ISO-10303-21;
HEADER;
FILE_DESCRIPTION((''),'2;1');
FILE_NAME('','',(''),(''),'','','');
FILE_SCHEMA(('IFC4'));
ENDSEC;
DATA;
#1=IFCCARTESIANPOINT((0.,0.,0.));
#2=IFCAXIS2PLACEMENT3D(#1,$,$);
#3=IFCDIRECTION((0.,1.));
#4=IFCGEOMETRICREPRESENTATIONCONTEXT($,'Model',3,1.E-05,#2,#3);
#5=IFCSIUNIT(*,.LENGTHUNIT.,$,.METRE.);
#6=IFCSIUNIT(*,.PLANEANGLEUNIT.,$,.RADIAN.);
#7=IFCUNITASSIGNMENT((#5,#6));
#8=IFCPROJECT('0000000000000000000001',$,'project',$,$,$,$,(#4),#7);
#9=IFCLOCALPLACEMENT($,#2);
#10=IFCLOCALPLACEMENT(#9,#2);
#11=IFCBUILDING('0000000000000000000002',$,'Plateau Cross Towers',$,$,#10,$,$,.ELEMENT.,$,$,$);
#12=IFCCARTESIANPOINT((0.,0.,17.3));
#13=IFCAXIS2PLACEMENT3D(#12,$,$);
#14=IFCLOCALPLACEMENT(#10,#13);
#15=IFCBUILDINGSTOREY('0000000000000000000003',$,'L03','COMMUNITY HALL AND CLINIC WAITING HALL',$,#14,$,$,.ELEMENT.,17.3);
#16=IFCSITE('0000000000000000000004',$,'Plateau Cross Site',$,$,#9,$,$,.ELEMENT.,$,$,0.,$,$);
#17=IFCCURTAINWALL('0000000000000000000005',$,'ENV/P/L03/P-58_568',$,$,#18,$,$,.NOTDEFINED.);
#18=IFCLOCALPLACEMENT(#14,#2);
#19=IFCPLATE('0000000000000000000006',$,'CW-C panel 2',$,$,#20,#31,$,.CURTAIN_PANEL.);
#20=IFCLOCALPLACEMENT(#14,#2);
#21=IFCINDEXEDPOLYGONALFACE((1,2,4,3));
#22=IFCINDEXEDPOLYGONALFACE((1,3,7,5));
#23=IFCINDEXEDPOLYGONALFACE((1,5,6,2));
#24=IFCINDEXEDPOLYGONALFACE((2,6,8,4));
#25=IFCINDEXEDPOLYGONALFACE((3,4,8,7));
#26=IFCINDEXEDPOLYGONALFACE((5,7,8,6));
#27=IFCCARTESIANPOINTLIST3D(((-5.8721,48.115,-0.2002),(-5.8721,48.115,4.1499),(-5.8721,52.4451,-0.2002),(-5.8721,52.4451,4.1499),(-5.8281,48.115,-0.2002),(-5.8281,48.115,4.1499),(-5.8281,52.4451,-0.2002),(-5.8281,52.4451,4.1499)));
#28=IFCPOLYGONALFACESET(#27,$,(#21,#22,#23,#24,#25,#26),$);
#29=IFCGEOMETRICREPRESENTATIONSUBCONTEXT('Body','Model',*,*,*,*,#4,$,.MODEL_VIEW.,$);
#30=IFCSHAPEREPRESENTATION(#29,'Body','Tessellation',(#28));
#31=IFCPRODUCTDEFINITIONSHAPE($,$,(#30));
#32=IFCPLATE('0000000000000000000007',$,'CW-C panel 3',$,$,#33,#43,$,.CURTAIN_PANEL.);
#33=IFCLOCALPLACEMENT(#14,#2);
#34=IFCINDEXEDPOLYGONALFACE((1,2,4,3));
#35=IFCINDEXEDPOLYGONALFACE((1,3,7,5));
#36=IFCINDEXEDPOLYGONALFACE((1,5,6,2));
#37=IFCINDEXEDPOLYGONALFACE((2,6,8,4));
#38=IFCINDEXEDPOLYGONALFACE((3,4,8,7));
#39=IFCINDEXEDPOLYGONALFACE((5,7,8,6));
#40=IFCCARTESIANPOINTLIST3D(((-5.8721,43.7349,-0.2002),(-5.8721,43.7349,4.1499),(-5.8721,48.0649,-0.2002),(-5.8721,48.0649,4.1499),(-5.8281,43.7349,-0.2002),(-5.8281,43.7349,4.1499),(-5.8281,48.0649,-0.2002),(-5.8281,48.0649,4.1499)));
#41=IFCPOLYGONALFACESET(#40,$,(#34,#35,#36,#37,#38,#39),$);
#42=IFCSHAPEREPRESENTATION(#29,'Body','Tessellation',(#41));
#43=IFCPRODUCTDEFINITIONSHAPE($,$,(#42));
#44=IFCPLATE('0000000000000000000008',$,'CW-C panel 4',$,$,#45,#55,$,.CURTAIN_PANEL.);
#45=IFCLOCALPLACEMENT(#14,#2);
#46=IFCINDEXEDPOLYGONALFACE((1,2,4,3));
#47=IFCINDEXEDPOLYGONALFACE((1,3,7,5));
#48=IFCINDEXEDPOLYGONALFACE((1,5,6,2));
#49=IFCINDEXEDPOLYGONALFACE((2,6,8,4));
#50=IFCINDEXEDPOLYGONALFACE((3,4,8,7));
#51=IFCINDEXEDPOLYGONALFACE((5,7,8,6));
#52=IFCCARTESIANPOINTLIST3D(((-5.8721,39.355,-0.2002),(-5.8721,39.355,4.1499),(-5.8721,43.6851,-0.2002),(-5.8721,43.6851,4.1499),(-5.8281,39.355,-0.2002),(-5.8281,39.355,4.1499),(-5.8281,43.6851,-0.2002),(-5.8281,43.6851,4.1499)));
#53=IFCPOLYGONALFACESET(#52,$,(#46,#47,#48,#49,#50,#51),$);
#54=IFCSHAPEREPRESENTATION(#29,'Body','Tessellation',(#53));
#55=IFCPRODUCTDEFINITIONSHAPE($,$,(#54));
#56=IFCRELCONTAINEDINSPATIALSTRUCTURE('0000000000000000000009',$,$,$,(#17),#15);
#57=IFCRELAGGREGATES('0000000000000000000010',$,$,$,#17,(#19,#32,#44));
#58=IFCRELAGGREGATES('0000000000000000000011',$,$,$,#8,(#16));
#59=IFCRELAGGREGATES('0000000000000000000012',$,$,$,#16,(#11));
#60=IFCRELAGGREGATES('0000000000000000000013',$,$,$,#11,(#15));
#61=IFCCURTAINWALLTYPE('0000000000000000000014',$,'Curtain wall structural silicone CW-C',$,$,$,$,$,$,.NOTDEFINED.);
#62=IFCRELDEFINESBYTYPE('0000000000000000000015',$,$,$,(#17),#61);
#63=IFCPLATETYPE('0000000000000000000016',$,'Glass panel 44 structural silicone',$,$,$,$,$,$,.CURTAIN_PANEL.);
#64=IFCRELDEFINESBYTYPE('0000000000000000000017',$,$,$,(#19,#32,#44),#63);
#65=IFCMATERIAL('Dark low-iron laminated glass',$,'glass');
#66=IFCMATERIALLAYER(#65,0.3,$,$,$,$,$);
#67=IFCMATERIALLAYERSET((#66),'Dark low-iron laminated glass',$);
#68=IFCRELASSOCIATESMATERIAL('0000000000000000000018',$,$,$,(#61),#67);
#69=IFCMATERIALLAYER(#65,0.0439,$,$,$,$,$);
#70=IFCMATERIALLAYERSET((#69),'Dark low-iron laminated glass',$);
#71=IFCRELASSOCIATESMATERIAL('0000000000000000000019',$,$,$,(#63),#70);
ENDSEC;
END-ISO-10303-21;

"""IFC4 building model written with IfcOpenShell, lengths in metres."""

from ifc_helpers import new_model, si_unit, direction, frame, origin, origin_2d, place, context, subcontext, project, spatial, rectangle, extrude, material, layer, layer_set, type_object, element, aggregate, save


model = new_model("IFC4")

# Units and contexts
model_context = context("Model", 3, precision=1e-05, world=origin(), true_north=direction((0.0, 1.0)))
body_context = subcontext(model_context, "Body", "Model", "MODEL_VIEW")
ifc_project = project(units=[si_unit("LENGTHUNIT", "METRE"), si_unit("PLANEANGLEUNIT", "RADIAN")], contexts=[model_context])

# Site, building, storey
site_placement = place(None, origin())
site = spatial("IfcSite", under=ifc_project, at=site_placement, Name="Plateau Cross Site", CompositionType="ELEMENT", RefElevation=0.0)
building_placement = place(site_placement, origin())
building = spatial("IfcBuilding", under=site, at=building_placement, Name="Plateau Cross Towers", CompositionType="ELEMENT")
storey_placement = place(building_placement, frame((0.0, 0.0, 17.3)))
storey = spatial("IfcBuildingStorey", under=building, at=storey_placement, Name="L03", Description="COMMUNITY HALL AND CLINIC WAITING HALL", CompositionType="ELEMENT", Elevation=17.3)

# Shared definitions
ifc_material_1 = material(Name="Dark low-iron laminated glass", Category="glass")
ifc_layer_1 = layer(ifc_material_1, 0.3)
ifc_layer_set_1 = layer_set([ifc_layer_1], Name="Dark low-iron laminated glass")
curtain_wall_type = type_object("IfcCurtainWallType", Name="Curtain wall structural silicone CW-C", PredefinedType="NOTDEFINED", material=ifc_layer_set_1)

# Curtain wall
curtain_wall_1_placement = place(storey_placement, origin())
curtain_wall_1 = element("IfcCurtainWall", 1, at=curtain_wall_1_placement, inside=storey, type_object=curtain_wall_type, Name="ENV/P/L03/P-58_568", PredefinedType="NOTDEFINED")

# Plates
ifc_layer_2 = layer(ifc_material_1, 0.0439)
ifc_layer_set_2 = layer_set([ifc_layer_2], Name="Dark low-iron laminated glass")
plate_type = type_object("IfcPlateType", Name="Glass panel 44 structural silicone", PredefinedType="CURTAIN_PANEL", material=ifc_layer_set_2)
plate_1_placement = place(storey_placement, frame((-5.8501, 50.28, -0.2002), z_axis=(0.0, 0.0, 1.0), x_axis=(0.0, -1.0, 0.0)))
plate_1 = element("IfcPlate", 2, at=plate_1_placement, type_object=plate_type, Name="CW-C panel 2", PredefinedType="CURTAIN_PANEL", context=body_context, shape_type="SweptSolid", body=[
    extrude(rectangle(XDim=4.3301, YDim=0.0439, at=origin_2d()), origin(), (0.0, 0.0, 1.0), 4.3501),
])
plate_2_placement = place(storey_placement, frame((-5.8501, 45.8999, -0.2002), z_axis=(0.0, 0.0, 1.0), x_axis=(0.0, -1.0, 0.0)))
plate_2 = element("IfcPlate", 3, at=plate_2_placement, type_object=plate_type, Name="CW-C panel 3", PredefinedType="CURTAIN_PANEL", context=body_context, shape_type="SweptSolid", body=[
    extrude(rectangle(XDim=4.3301, YDim=0.0439, at=origin_2d()), origin(), (0.0, 0.0, 1.0), 4.3501),
])
plate_3_placement = place(storey_placement, frame((-5.8501, 41.52, -0.2002), z_axis=(0.0, 0.0, 1.0), x_axis=(0.0, -1.0, 0.0)))
plate_3 = element("IfcPlate", 4, at=plate_3_placement, type_object=plate_type, Name="CW-C panel 4", PredefinedType="CURTAIN_PANEL", context=body_context, shape_type="SweptSolid", body=[
    extrude(rectangle(XDim=4.3301, YDim=0.0439, at=origin_2d()), origin(), (0.0, 0.0, 1.0), 4.3501),
])
aggregate(curtain_wall_1, [plate_1, plate_2, plate_3])

save(model, "model.ifc")
